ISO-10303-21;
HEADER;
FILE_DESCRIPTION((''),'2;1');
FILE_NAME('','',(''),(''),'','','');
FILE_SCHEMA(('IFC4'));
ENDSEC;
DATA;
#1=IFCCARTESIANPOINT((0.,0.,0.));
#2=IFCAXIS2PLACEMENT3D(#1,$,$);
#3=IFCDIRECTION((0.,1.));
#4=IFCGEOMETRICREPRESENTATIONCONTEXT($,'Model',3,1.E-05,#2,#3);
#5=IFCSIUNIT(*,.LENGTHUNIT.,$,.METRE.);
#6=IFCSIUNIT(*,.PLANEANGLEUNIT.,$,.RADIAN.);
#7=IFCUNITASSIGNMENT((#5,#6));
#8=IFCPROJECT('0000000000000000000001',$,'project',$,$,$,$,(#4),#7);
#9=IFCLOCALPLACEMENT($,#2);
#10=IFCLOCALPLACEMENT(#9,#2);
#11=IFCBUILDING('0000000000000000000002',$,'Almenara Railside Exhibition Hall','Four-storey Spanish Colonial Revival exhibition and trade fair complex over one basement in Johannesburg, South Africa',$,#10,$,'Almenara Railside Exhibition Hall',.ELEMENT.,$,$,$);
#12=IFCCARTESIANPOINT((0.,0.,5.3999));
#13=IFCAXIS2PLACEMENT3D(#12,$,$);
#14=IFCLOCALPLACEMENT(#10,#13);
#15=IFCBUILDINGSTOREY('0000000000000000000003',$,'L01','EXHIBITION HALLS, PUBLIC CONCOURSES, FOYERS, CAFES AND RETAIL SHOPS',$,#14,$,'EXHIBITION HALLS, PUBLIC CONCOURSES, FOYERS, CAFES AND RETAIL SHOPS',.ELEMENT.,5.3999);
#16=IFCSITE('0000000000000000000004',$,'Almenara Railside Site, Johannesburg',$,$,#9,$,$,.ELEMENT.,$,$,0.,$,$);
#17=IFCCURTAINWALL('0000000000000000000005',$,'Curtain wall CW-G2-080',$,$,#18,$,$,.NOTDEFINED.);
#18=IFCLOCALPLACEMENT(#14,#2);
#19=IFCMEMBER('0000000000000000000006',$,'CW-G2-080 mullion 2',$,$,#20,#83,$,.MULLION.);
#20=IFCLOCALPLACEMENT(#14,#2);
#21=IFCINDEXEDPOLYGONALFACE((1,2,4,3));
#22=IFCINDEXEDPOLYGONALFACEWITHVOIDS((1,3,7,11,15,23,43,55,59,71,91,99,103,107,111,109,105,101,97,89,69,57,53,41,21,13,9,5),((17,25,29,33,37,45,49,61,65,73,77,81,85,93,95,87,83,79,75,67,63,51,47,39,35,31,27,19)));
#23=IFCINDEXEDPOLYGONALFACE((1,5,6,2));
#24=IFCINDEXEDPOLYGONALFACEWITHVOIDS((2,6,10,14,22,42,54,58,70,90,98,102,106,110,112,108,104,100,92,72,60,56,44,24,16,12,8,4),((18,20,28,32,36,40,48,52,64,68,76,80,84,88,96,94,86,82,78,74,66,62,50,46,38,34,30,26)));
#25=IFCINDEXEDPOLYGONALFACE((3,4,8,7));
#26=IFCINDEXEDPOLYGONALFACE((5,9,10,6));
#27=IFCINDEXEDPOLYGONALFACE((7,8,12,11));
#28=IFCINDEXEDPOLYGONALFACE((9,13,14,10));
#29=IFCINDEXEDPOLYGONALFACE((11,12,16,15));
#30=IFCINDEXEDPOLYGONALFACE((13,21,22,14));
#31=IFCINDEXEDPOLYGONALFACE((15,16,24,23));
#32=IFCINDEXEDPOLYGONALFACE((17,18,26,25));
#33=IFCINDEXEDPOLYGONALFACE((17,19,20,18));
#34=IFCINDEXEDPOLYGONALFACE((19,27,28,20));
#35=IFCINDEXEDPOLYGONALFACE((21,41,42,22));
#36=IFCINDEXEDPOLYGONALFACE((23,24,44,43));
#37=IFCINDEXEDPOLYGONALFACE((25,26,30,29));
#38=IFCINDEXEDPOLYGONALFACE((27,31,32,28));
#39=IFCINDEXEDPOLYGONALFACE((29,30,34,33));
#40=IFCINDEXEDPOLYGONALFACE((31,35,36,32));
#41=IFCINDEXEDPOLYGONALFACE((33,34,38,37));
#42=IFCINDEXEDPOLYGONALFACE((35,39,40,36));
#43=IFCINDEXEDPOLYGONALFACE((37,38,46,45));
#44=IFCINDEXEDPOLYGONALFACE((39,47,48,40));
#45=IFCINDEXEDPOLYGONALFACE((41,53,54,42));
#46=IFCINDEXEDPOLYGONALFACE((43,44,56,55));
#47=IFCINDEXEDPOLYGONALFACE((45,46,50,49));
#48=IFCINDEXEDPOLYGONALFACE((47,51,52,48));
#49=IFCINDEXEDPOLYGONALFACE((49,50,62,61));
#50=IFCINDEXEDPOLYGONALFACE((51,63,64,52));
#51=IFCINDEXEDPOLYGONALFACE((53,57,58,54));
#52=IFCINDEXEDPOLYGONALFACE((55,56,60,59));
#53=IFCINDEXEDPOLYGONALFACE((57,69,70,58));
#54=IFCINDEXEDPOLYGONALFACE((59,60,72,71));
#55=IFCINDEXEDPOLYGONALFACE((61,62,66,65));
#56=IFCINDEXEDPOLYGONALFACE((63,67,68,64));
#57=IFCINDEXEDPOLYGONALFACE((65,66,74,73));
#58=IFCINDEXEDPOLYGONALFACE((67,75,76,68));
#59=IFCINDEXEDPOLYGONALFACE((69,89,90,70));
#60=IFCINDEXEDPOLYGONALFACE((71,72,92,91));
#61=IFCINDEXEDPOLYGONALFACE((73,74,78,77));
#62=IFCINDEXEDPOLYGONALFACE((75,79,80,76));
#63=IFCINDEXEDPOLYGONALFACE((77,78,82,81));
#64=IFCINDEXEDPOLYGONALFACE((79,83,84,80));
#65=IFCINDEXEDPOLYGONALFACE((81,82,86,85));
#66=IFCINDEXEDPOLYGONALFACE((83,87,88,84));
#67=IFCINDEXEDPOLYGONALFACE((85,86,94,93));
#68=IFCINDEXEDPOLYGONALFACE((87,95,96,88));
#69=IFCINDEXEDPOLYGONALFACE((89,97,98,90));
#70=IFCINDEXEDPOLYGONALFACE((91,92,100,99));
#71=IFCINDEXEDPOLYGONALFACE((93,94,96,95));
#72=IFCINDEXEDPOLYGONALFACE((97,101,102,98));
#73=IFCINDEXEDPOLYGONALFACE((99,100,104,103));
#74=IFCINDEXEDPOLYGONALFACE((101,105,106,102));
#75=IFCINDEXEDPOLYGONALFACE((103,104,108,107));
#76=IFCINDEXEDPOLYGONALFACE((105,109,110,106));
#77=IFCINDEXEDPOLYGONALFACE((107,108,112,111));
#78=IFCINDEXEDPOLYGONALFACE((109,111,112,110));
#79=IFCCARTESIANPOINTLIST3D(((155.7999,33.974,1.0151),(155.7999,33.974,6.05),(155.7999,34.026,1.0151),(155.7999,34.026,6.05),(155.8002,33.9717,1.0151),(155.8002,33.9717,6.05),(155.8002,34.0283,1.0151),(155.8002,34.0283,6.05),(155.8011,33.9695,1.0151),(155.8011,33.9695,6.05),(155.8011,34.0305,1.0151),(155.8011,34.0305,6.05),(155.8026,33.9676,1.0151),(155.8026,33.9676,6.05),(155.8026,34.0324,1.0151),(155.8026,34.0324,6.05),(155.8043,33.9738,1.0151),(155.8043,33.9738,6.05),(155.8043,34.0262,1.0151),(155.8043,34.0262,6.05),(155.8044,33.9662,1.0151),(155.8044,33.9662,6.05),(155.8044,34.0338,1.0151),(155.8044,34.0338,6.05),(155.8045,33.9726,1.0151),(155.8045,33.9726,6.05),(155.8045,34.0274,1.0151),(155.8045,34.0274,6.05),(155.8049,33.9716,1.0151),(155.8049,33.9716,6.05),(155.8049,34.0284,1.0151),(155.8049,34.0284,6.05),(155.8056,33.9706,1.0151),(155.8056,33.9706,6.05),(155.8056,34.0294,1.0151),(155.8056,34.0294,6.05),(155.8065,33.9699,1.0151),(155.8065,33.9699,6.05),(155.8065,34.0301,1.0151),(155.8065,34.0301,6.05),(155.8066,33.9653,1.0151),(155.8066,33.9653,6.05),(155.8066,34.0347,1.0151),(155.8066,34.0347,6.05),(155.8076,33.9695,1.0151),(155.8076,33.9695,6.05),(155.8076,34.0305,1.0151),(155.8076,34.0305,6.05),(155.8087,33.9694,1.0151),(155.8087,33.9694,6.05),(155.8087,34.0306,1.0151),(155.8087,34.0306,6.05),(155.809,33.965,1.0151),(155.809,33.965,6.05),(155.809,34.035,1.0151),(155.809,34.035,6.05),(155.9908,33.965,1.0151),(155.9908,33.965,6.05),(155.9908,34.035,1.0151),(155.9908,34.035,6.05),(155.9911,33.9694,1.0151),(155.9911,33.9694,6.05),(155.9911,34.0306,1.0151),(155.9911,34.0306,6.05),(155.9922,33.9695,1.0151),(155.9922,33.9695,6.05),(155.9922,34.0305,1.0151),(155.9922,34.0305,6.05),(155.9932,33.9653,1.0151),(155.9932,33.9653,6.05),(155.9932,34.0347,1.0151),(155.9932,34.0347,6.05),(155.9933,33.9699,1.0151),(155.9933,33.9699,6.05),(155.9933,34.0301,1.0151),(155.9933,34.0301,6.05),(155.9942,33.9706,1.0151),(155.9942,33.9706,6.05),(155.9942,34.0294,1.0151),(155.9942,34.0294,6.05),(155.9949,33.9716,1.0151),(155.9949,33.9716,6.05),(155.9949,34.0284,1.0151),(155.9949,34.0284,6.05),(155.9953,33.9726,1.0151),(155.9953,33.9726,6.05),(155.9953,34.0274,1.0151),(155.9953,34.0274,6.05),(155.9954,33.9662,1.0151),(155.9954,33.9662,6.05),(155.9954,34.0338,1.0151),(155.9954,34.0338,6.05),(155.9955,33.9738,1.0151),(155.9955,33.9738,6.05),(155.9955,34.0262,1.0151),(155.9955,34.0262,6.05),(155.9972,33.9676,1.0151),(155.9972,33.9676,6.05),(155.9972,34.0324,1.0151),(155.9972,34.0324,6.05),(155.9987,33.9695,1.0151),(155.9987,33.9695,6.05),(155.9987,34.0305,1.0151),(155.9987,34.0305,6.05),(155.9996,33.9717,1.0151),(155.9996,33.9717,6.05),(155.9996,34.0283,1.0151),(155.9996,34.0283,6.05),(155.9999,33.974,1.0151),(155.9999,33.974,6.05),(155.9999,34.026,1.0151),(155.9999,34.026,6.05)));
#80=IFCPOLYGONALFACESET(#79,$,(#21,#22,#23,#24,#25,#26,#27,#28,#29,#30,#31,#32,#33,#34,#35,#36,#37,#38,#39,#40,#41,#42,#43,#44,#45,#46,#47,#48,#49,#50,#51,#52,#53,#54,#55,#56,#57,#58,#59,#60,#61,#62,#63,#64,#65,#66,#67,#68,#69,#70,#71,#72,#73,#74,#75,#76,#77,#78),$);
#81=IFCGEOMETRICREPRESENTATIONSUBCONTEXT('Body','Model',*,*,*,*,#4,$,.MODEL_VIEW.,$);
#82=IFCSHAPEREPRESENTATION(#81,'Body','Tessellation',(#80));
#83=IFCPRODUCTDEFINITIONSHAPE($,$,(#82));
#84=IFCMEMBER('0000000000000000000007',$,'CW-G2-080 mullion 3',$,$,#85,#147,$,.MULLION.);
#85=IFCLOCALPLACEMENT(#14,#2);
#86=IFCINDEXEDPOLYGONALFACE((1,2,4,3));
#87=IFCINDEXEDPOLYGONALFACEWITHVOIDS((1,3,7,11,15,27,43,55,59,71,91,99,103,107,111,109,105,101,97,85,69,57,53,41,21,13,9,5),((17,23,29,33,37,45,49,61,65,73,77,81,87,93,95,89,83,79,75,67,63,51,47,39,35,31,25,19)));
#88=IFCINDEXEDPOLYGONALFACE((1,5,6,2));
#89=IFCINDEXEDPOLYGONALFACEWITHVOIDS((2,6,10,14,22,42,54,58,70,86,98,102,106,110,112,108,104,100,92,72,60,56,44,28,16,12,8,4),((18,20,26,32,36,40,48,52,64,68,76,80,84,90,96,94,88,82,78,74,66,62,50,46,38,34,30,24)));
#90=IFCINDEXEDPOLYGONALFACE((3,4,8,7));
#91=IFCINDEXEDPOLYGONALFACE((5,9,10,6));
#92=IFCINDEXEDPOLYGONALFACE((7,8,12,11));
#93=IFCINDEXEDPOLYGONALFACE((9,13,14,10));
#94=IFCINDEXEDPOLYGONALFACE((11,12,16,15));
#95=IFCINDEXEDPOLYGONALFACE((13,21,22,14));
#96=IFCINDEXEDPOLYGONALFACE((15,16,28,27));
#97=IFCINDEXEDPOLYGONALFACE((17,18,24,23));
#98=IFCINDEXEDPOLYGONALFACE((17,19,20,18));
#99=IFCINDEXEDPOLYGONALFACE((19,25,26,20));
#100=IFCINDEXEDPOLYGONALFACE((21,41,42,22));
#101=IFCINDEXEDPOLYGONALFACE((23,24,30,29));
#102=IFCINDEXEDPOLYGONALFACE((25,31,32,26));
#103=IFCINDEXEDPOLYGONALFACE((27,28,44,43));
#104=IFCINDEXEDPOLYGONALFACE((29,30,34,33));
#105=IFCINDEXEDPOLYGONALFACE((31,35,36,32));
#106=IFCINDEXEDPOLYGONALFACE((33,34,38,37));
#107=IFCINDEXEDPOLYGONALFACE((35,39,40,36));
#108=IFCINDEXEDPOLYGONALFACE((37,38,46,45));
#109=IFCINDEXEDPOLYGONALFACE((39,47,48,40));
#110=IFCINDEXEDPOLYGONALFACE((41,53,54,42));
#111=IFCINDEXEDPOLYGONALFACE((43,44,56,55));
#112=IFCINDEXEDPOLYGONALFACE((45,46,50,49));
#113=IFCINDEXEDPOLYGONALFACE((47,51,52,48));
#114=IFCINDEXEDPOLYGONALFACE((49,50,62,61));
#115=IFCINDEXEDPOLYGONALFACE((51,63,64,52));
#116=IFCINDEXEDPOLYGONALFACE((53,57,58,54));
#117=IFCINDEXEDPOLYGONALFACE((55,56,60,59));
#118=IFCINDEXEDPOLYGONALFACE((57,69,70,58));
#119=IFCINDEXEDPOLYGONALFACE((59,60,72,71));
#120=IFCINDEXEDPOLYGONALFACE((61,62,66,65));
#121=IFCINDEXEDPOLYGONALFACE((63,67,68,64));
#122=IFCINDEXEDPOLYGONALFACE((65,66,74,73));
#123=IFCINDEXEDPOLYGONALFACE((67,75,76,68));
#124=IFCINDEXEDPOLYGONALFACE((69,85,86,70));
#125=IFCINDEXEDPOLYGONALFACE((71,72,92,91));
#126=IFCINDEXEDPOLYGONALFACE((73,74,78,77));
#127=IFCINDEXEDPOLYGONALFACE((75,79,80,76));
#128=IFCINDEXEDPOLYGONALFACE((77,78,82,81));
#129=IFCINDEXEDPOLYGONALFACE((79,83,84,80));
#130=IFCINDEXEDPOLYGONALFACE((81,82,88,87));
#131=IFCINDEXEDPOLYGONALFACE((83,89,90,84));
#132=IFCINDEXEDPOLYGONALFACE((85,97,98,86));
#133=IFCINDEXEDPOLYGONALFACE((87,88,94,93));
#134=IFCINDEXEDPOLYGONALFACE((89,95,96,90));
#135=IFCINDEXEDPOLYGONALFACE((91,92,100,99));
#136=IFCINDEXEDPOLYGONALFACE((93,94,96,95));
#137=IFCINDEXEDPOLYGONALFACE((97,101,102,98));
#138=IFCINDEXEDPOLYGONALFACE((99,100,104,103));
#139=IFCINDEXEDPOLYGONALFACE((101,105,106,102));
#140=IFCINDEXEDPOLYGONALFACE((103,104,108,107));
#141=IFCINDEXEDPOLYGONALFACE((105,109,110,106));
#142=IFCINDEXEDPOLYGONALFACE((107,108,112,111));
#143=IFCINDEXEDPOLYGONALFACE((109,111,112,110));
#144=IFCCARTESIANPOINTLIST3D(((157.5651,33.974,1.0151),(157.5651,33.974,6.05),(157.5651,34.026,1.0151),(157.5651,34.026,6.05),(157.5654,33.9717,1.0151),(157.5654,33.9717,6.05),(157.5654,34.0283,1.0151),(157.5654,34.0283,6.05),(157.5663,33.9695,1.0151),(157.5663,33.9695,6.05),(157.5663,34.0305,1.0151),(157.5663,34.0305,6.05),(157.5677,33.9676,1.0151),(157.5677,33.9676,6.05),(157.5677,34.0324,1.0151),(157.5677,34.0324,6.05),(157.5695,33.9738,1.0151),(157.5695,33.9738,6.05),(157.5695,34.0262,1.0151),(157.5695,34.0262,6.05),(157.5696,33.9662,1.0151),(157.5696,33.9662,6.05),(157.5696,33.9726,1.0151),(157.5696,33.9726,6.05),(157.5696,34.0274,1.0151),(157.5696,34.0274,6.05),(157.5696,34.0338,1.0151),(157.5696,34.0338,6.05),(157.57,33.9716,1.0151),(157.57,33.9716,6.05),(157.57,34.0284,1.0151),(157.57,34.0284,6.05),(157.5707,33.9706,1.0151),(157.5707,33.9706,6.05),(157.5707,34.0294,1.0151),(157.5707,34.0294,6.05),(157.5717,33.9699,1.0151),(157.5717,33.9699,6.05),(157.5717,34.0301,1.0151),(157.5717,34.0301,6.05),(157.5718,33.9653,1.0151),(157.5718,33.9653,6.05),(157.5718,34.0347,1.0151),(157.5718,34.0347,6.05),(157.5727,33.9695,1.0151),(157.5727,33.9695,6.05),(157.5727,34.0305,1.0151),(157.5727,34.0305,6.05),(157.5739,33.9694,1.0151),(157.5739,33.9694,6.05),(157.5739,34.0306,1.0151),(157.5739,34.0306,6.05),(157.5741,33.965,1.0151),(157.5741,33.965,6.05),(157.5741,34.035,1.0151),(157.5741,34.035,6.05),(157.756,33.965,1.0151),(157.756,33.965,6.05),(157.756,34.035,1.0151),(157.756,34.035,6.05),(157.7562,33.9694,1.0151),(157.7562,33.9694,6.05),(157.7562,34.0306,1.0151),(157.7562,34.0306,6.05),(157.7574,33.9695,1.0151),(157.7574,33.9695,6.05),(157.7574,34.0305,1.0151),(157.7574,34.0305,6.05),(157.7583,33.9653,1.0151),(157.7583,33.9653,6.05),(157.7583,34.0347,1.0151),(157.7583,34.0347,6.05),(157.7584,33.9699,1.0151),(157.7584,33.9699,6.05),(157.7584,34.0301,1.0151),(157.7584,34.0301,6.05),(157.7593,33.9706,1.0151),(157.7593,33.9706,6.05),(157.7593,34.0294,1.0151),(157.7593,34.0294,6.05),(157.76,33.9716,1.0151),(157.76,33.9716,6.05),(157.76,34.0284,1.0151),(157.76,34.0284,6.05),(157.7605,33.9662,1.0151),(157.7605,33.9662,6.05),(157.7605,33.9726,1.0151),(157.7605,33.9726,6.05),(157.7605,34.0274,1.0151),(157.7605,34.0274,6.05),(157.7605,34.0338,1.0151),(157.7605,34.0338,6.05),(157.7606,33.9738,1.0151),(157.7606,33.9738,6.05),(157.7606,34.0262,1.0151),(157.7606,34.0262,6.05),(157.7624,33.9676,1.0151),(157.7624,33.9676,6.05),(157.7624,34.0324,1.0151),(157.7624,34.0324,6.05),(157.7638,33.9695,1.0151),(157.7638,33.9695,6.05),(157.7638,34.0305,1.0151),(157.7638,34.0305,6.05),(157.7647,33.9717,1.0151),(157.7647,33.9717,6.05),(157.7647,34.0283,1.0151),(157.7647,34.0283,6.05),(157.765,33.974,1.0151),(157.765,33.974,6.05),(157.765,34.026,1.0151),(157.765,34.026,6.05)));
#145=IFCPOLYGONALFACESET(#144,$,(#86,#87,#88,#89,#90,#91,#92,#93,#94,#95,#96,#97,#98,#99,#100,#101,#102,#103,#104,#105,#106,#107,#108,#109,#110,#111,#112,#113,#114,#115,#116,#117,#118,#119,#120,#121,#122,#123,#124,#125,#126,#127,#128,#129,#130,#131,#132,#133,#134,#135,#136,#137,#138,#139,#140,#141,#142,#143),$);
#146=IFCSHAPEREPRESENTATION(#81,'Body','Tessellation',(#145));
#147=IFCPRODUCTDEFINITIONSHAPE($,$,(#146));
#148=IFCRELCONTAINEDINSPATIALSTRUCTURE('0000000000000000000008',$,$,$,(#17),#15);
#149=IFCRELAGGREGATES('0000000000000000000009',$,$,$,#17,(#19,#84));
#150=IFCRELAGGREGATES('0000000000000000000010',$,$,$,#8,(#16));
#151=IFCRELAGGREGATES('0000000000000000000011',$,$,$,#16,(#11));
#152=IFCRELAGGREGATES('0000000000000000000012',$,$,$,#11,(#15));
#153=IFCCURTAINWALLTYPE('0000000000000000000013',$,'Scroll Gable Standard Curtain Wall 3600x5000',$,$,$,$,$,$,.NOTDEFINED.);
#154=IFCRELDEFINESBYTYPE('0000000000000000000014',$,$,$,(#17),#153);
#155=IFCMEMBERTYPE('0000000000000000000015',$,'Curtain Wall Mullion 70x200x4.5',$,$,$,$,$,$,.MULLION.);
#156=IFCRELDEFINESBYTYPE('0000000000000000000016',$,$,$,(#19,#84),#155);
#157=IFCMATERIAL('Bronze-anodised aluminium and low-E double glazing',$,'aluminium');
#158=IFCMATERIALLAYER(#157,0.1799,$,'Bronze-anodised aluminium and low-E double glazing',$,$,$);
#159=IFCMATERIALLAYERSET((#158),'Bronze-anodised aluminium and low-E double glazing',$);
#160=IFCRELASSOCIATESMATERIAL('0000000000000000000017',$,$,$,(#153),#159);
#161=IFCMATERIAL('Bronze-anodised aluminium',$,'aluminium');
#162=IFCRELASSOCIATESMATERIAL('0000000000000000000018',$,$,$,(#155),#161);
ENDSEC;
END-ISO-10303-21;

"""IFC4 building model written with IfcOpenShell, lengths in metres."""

from ifc_helpers import new_model, si_unit, direction, frame, origin, origin_2d, place, context, subcontext, project, spatial, hollow_rectangle, extrude, material, layer, layer_set, material_profile, profile_set, type_object, element, aggregate, save


model = new_model("IFC4")

# Units and contexts
model_context = context("Model", 3, precision=1e-05, world=origin(), true_north=direction((0.0, 1.0)))
body_context = subcontext(model_context, "Body", "Model", "MODEL_VIEW")
ifc_project = project(units=[si_unit("LENGTHUNIT", "METRE"), si_unit("PLANEANGLEUNIT", "RADIAN")], contexts=[model_context])

# Site, building, storey
site_placement = place(None, origin())
site = spatial("IfcSite", under=ifc_project, at=site_placement, Name="Almenara Railside Site, Johannesburg", CompositionType="ELEMENT", RefElevation=0.0)
building_placement = place(site_placement, origin())
building = spatial("IfcBuilding", under=site, at=building_placement, Name="Almenara Railside Exhibition Hall", Description="Four-storey Spanish Colonial Revival exhibition and trade fair complex over one basement in Johannesburg, South Africa", LongName="Almenara Railside Exhibition Hall", CompositionType="ELEMENT")
storey_placement = place(building_placement, frame((0.0, 0.0, 5.3999)))
storey = spatial("IfcBuildingStorey", under=building, at=storey_placement, Name="L01", Description="EXHIBITION HALLS, PUBLIC CONCOURSES, FOYERS, CAFES AND RETAIL SHOPS", LongName="EXHIBITION HALLS, PUBLIC CONCOURSES, FOYERS, CAFES AND RETAIL SHOPS", CompositionType="ELEMENT", Elevation=5.3999)

# Curtain wall, members
ifc_material_1 = material(Name="Bronze-anodised aluminium and low-E double glazing", Category="aluminium")
ifc_material_2 = material(Name="Bronze-anodised aluminium", Category="aluminium")
ifc_layer_1 = layer(ifc_material_1, 0.1799, Name="Bronze-anodised aluminium and low-E double glazing")
ifc_layer_set_1 = layer_set([ifc_layer_1], Name="Bronze-anodised aluminium and low-E double glazing")
curtain_wall_type_1 = type_object("IfcCurtainWallType", Name="Scroll Gable Standard Curtain Wall 3600x5000", PredefinedType="NOTDEFINED", material=ifc_layer_set_1)
curtain_wall_1_placement = place(storey_placement, origin())
curtain_wall_1 = element("IfcCurtainWall", 1, at=curtain_wall_1_placement, inside=storey, type_object=curtain_wall_type_1, Name="Curtain wall CW-G2-080", PredefinedType="NOTDEFINED")
ifc_material_profile_1 = material_profile(ifc_material_2, hollow_rectangle(XDim=0.0701, YDim=0.2, WallThickness=0.0044, InnerFilletRadius=0.0044, OuterFilletRadius=0.009, at=origin_2d()), Name="ALU-MUL 70x200x4.5")
ifc_profile_set_1 = profile_set([ifc_material_profile_1], Name="Bronze-anodised aluminium")
member_type_1 = type_object("IfcMemberType", Name="Curtain Wall Mullion 70x200x4.5", PredefinedType="MULLION", material=ifc_profile_set_1)
member_1_placement = place(storey_placement, frame((155.8999, 34.0, 1.0151), z_axis=(0.0, 0.0, 1.0), x_axis=(0.0, 1.0, 0.0)))
member_1 = element("IfcMember", 2, at=member_1_placement, type_object=member_type_1, Name="CW-G2-080 mullion 2", PredefinedType="MULLION", context=body_context, shape_type="SweptSolid", body=[
    extrude(hollow_rectangle(XDim=0.0701, YDim=0.2, WallThickness=0.0044, InnerFilletRadius=0.0044, OuterFilletRadius=0.009, at=origin_2d()), origin(), (0.0, 0.0, 1.0), 5.0349),
])
member_2_placement = place(storey_placement, frame((157.665, 34.0, 1.0151), z_axis=(0.0, 0.0, 1.0), x_axis=(0.0, 1.0, 0.0)))
member_2 = element("IfcMember", 3, at=member_2_placement, type_object=member_type_1, Name="CW-G2-080 mullion 3", PredefinedType="MULLION", context=body_context, shape_type="SweptSolid", body=[
    extrude(hollow_rectangle(XDim=0.0701, YDim=0.2, WallThickness=0.0044, InnerFilletRadius=0.0044, OuterFilletRadius=0.009, at=origin_2d()), origin(), (0.0, 0.0, 1.0), 5.0349),
])

aggregate(curtain_wall_1, [member_1, member_2])

save(model, "model.ifc")
